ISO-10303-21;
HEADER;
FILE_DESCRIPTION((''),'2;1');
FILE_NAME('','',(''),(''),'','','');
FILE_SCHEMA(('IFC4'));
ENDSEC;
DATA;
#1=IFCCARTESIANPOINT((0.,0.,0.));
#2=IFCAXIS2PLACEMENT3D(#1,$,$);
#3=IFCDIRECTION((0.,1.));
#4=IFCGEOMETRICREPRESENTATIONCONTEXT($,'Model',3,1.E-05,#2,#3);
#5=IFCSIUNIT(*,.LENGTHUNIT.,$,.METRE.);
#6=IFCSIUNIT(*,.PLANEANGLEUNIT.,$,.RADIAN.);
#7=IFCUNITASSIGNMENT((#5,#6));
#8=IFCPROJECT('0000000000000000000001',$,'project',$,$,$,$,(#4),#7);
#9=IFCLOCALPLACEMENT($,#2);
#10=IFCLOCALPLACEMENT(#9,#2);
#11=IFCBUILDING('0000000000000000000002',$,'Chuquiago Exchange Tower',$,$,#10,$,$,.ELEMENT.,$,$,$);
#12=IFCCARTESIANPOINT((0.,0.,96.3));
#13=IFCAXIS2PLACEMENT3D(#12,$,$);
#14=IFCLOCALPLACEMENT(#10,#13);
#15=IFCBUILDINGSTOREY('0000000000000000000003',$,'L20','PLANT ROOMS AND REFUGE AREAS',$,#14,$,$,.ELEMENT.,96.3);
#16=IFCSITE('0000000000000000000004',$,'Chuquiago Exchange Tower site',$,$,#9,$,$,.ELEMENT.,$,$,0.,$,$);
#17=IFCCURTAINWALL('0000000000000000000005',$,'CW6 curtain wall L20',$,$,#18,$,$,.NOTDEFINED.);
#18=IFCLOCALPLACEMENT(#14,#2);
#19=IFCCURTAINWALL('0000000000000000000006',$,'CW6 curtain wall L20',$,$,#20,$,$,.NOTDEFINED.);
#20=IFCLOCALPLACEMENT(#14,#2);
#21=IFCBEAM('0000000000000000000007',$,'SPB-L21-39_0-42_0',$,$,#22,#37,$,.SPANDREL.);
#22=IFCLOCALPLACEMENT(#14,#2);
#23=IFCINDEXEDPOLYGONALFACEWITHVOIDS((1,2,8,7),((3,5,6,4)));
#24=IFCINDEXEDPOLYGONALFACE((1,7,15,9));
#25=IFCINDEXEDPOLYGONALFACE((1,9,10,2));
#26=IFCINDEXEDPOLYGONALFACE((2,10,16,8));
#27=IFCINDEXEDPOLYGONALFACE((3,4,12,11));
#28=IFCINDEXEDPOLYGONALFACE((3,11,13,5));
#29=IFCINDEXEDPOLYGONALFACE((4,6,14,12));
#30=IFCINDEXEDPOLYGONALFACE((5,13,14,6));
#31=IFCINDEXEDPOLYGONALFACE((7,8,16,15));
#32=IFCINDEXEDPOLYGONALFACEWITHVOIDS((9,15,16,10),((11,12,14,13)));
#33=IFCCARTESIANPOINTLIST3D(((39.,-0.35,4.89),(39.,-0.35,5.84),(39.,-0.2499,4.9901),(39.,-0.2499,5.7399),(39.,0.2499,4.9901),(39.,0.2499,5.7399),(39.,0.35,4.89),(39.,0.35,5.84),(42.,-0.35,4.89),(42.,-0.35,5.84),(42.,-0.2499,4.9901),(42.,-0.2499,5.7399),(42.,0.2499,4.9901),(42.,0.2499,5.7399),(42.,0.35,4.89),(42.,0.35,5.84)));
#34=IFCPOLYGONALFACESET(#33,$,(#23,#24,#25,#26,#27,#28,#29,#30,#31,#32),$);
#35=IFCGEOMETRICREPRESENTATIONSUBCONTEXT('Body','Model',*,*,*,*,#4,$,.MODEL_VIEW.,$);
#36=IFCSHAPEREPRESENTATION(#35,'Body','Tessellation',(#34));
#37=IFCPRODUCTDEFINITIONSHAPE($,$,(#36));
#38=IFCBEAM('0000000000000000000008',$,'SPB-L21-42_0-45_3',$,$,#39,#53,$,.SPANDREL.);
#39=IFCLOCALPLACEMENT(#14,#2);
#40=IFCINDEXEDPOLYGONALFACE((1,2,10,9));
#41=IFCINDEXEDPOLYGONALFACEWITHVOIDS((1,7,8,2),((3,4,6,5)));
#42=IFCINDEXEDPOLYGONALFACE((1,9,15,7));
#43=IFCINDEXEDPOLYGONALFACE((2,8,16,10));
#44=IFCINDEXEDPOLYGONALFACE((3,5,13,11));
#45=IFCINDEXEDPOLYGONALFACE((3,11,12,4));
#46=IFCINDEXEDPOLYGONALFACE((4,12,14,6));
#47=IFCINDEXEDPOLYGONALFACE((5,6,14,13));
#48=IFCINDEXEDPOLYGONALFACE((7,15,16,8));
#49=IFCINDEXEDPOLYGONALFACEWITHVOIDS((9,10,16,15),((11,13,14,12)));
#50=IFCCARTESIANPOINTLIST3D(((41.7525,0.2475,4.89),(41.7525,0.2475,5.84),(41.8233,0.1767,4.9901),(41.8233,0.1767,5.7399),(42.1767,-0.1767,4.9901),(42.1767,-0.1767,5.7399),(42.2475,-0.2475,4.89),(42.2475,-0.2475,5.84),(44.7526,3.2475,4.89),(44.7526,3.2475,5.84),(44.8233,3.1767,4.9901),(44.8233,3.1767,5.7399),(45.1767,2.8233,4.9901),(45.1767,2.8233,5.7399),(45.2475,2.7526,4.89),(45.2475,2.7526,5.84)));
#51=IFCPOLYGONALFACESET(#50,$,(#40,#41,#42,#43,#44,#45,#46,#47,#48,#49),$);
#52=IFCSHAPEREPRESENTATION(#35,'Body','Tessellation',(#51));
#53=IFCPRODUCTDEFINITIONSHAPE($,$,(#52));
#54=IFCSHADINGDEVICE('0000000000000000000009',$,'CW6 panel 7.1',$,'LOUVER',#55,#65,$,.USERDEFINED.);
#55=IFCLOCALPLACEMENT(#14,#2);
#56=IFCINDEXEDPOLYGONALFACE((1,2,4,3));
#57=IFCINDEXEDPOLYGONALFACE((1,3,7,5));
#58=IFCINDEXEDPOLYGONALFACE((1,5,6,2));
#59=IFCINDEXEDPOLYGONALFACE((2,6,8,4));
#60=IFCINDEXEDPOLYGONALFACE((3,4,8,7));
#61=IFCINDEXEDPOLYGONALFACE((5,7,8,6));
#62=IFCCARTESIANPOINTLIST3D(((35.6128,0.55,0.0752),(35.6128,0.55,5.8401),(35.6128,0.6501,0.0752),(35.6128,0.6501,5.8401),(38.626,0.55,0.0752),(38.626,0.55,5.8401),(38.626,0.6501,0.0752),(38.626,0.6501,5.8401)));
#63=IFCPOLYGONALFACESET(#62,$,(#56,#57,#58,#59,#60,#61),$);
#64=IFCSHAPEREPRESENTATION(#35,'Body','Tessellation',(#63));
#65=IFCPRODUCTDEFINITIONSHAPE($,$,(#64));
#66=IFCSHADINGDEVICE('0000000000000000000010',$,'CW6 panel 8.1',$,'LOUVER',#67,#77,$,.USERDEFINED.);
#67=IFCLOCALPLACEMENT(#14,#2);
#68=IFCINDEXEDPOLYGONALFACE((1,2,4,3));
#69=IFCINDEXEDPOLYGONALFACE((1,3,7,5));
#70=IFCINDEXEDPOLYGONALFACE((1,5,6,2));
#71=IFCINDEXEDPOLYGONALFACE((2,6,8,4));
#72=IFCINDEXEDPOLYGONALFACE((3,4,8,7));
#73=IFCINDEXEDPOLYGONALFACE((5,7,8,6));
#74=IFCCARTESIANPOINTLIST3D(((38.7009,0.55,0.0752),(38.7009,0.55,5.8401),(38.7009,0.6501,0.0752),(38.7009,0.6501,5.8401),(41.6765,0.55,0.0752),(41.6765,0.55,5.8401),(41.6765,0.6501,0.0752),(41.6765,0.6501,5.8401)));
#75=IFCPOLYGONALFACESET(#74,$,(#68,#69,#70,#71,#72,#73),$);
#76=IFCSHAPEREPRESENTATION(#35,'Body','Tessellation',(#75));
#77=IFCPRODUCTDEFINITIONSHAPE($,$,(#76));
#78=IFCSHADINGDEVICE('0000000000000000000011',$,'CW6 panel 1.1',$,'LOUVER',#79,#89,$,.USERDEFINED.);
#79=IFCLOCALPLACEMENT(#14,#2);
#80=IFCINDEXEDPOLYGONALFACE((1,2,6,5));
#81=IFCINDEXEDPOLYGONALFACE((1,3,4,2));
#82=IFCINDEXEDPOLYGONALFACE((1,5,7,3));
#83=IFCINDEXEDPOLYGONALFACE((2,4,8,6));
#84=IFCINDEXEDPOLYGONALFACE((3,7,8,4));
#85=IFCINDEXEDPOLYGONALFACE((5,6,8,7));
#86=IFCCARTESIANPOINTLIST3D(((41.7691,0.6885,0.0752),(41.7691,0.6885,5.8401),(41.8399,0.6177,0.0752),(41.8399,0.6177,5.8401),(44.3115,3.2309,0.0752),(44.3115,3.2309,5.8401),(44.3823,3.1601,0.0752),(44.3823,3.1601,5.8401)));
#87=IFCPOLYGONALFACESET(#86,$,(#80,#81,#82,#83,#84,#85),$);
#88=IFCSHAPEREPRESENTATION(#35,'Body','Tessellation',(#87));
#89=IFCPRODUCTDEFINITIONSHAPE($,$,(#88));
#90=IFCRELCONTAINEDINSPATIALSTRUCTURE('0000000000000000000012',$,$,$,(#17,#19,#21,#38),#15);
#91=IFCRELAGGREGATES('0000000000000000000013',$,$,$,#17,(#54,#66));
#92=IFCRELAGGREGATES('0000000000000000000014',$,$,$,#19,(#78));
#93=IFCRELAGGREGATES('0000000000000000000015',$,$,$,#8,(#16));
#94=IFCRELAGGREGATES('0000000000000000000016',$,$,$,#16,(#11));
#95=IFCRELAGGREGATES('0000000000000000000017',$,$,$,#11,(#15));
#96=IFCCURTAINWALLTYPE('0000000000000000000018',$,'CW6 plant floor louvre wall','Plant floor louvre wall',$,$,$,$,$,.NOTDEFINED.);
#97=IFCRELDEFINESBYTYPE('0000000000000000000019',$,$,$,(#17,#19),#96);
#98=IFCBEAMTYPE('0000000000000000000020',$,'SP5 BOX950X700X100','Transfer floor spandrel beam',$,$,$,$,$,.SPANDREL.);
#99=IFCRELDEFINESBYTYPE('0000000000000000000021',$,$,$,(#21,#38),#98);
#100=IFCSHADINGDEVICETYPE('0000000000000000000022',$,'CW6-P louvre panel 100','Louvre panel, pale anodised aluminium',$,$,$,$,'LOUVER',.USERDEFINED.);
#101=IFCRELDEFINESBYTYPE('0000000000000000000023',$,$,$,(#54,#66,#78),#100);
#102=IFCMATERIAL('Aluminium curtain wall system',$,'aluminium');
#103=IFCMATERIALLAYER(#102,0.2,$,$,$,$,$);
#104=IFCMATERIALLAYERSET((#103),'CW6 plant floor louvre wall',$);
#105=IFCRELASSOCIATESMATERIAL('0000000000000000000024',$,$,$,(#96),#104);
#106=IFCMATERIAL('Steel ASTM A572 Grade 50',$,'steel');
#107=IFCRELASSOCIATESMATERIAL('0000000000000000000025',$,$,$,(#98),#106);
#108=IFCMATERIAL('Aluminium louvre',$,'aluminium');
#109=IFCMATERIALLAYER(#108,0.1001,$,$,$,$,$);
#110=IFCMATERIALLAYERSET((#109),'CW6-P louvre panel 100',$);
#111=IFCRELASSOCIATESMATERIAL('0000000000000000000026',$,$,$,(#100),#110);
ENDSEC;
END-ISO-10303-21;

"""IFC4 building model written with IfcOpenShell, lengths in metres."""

from ifc_helpers import new_model, si_unit, direction, frame, origin, origin_2d, place, context, subcontext, project, spatial, rectangle, hollow_rectangle, extrude, material, layer, layer_set, material_profile, profile_set, type_object, element, aggregate, save


model = new_model("IFC4")

# Units and contexts
model_context = context("Model", 3, precision=1e-05, world=origin(), true_north=direction((0.0, 1.0)))
body_context = subcontext(model_context, "Body", "Model", "MODEL_VIEW")
ifc_project = project(units=[si_unit("LENGTHUNIT", "METRE"), si_unit("PLANEANGLEUNIT", "RADIAN")], contexts=[model_context])

# Site, building, storey
site_placement = place(None, origin())
site = spatial("IfcSite", under=ifc_project, at=site_placement, Name="Chuquiago Exchange Tower site", CompositionType="ELEMENT", RefElevation=0.0)
building_placement = place(site_placement, origin())
building = spatial("IfcBuilding", under=site, at=building_placement, Name="Chuquiago Exchange Tower", CompositionType="ELEMENT")
storey_placement = place(building_placement, frame((0.0, 0.0, 96.3)))
storey = spatial("IfcBuildingStorey", under=building, at=storey_placement, Name="L20", Description="PLANT ROOMS AND REFUGE AREAS", CompositionType="ELEMENT", Elevation=96.3)

# Curtain wall
ifc_material_1 = material(Name="Aluminium curtain wall system", Category="aluminium")
ifc_layer_1 = layer(ifc_material_1, 0.2)
ifc_layer_set_1 = layer_set([ifc_layer_1], Name="CW6 plant floor louvre wall")
curtain_wall_type = type_object("IfcCurtainWallType", Name="CW6 plant floor louvre wall", Description="Plant floor louvre wall", PredefinedType="NOTDEFINED", material=ifc_layer_set_1)
curtain_wall_1_placement = place(storey_placement, origin())
curtain_wall_1 = element("IfcCurtainWall", 1, at=curtain_wall_1_placement, inside=storey, type_object=curtain_wall_type, Name="CW6 curtain wall L20", PredefinedType="NOTDEFINED")

# Curtain wall
curtain_wall_2_placement = place(storey_placement, origin())
curtain_wall_2 = element("IfcCurtainWall", 2, at=curtain_wall_2_placement, inside=storey, type_object=curtain_wall_type, Name="CW6 curtain wall L20", PredefinedType="NOTDEFINED")

# Beams
ifc_material_2 = material(Name="Steel ASTM A572 Grade 50", Category="steel")
ifc_material_profile_1 = material_profile(ifc_material_2, hollow_rectangle(XDim=0.7, YDim=0.95, WallThickness=0.1001, at=origin_2d()), Name="BOX950X700X100")
ifc_profile_set_1 = profile_set([ifc_material_profile_1], Name="Steel ASTM A572 Grade 50")
beam_type = type_object("IfcBeamType", Name="SP5 BOX950X700X100", Description="Transfer floor spandrel beam", PredefinedType="SPANDREL", material=ifc_profile_set_1)
for number, where, z_axis, x_axis, name in (
    (3, (39.0, 0.0, 5.365), (1.0, 0.0, 0.0), (0.0, 1.0, 0.0), "SPB-L21-39_0-42_0"),
):
    element("IfcBeam", number, at=place(storey_placement, frame(where, z_axis=z_axis, x_axis=x_axis)), inside=storey, type_object=beam_type, Name=name, PredefinedType="SPANDREL", context=body_context, shape_type="SweptSolid", body=[
        extrude(hollow_rectangle(XDim=0.7, YDim=0.95, WallThickness=0.1001, at=origin_2d()), origin(), (0.0, 0.0, 1.0), 3.0),
    ])
beam_placement = place(storey_placement, frame((42.0, 0.0, 5.365), z_axis=(0.707107, 0.707107, 0.0), x_axis=(-0.707107, 0.707107, 0.0)))
element("IfcBeam", 4, at=beam_placement, inside=storey, type_object=beam_type, Name="SPB-L21-42_0-45_3", PredefinedType="SPANDREL", context=body_context, shape_type="SweptSolid", body=[
    extrude(hollow_rectangle(XDim=0.7, YDim=0.95, WallThickness=0.1001, at=origin_2d()), origin(), (0.0, 0.0, 1.0), 4.2427),
])

# Shading devices
ifc_material_3 = material(Name="Aluminium louvre", Category="aluminium")
ifc_layer_2 = layer(ifc_material_3, 0.1001)
ifc_layer_set_2 = layer_set([ifc_layer_2], Name="CW6-P louvre panel 100")
shading_device_type = type_object("IfcShadingDeviceType", Name="CW6-P louvre panel 100", Description="Louvre panel, pale anodised aluminium", ElementType="LOUVER", PredefinedType="USERDEFINED", material=ifc_layer_set_2)
shading_device_1_placement = place(storey_placement, frame((37.1194, 0.6001, 0.0752), z_axis=(0.0, 0.0, 1.0), x_axis=(1.0, 0.0, 0.0)))
shading_device_1 = element("IfcShadingDevice", 5, at=shading_device_1_placement, type_object=shading_device_type, Name="CW6 panel 7.1", ObjectType="LOUVER", PredefinedType="USERDEFINED", context=body_context, shape_type="SweptSolid", body=[
    extrude(rectangle(XDim=3.0132, YDim=0.1001, at=origin_2d()), origin(), (0.0, 0.0, 1.0), 5.7649),
])
shading_device_2_placement = place(storey_placement, frame((40.1887, 0.6001, 0.0752), z_axis=(0.0, 0.0, 1.0), x_axis=(1.0, 0.0, 0.0)))
shading_device_2 = element("IfcShadingDevice", 6, at=shading_device_2_placement, type_object=shading_device_type, Name="CW6 panel 8.1", ObjectType="LOUVER", PredefinedType="USERDEFINED", context=body_context, shape_type="SweptSolid", body=[
    extrude(rectangle(XDim=2.9756, YDim=0.1001, at=origin_2d()), origin(), (0.0, 0.0, 1.0), 5.7649),
])
aggregate(curtain_wall_1, [shading_device_1, shading_device_2])
shading_device_3_placement = place(storey_placement, frame((43.0757, 1.9243, 0.0752), z_axis=(0.0, 0.0, 1.0), x_axis=(0.707107, 0.707107, 0.0)))
shading_device_3 = element("IfcShadingDevice", 7, at=shading_device_3_placement, type_object=shading_device_type, Name="CW6 panel 1.1", ObjectType="LOUVER", PredefinedType="USERDEFINED", context=body_context, shape_type="SweptSolid", body=[
    extrude(rectangle(XDim=3.5955, YDim=0.1001, at=origin_2d()), origin(), (0.0, 0.0, 1.0), 5.7649),
])
aggregate(curtain_wall_2, [shading_device_3])

save(model, "model.ifc")
